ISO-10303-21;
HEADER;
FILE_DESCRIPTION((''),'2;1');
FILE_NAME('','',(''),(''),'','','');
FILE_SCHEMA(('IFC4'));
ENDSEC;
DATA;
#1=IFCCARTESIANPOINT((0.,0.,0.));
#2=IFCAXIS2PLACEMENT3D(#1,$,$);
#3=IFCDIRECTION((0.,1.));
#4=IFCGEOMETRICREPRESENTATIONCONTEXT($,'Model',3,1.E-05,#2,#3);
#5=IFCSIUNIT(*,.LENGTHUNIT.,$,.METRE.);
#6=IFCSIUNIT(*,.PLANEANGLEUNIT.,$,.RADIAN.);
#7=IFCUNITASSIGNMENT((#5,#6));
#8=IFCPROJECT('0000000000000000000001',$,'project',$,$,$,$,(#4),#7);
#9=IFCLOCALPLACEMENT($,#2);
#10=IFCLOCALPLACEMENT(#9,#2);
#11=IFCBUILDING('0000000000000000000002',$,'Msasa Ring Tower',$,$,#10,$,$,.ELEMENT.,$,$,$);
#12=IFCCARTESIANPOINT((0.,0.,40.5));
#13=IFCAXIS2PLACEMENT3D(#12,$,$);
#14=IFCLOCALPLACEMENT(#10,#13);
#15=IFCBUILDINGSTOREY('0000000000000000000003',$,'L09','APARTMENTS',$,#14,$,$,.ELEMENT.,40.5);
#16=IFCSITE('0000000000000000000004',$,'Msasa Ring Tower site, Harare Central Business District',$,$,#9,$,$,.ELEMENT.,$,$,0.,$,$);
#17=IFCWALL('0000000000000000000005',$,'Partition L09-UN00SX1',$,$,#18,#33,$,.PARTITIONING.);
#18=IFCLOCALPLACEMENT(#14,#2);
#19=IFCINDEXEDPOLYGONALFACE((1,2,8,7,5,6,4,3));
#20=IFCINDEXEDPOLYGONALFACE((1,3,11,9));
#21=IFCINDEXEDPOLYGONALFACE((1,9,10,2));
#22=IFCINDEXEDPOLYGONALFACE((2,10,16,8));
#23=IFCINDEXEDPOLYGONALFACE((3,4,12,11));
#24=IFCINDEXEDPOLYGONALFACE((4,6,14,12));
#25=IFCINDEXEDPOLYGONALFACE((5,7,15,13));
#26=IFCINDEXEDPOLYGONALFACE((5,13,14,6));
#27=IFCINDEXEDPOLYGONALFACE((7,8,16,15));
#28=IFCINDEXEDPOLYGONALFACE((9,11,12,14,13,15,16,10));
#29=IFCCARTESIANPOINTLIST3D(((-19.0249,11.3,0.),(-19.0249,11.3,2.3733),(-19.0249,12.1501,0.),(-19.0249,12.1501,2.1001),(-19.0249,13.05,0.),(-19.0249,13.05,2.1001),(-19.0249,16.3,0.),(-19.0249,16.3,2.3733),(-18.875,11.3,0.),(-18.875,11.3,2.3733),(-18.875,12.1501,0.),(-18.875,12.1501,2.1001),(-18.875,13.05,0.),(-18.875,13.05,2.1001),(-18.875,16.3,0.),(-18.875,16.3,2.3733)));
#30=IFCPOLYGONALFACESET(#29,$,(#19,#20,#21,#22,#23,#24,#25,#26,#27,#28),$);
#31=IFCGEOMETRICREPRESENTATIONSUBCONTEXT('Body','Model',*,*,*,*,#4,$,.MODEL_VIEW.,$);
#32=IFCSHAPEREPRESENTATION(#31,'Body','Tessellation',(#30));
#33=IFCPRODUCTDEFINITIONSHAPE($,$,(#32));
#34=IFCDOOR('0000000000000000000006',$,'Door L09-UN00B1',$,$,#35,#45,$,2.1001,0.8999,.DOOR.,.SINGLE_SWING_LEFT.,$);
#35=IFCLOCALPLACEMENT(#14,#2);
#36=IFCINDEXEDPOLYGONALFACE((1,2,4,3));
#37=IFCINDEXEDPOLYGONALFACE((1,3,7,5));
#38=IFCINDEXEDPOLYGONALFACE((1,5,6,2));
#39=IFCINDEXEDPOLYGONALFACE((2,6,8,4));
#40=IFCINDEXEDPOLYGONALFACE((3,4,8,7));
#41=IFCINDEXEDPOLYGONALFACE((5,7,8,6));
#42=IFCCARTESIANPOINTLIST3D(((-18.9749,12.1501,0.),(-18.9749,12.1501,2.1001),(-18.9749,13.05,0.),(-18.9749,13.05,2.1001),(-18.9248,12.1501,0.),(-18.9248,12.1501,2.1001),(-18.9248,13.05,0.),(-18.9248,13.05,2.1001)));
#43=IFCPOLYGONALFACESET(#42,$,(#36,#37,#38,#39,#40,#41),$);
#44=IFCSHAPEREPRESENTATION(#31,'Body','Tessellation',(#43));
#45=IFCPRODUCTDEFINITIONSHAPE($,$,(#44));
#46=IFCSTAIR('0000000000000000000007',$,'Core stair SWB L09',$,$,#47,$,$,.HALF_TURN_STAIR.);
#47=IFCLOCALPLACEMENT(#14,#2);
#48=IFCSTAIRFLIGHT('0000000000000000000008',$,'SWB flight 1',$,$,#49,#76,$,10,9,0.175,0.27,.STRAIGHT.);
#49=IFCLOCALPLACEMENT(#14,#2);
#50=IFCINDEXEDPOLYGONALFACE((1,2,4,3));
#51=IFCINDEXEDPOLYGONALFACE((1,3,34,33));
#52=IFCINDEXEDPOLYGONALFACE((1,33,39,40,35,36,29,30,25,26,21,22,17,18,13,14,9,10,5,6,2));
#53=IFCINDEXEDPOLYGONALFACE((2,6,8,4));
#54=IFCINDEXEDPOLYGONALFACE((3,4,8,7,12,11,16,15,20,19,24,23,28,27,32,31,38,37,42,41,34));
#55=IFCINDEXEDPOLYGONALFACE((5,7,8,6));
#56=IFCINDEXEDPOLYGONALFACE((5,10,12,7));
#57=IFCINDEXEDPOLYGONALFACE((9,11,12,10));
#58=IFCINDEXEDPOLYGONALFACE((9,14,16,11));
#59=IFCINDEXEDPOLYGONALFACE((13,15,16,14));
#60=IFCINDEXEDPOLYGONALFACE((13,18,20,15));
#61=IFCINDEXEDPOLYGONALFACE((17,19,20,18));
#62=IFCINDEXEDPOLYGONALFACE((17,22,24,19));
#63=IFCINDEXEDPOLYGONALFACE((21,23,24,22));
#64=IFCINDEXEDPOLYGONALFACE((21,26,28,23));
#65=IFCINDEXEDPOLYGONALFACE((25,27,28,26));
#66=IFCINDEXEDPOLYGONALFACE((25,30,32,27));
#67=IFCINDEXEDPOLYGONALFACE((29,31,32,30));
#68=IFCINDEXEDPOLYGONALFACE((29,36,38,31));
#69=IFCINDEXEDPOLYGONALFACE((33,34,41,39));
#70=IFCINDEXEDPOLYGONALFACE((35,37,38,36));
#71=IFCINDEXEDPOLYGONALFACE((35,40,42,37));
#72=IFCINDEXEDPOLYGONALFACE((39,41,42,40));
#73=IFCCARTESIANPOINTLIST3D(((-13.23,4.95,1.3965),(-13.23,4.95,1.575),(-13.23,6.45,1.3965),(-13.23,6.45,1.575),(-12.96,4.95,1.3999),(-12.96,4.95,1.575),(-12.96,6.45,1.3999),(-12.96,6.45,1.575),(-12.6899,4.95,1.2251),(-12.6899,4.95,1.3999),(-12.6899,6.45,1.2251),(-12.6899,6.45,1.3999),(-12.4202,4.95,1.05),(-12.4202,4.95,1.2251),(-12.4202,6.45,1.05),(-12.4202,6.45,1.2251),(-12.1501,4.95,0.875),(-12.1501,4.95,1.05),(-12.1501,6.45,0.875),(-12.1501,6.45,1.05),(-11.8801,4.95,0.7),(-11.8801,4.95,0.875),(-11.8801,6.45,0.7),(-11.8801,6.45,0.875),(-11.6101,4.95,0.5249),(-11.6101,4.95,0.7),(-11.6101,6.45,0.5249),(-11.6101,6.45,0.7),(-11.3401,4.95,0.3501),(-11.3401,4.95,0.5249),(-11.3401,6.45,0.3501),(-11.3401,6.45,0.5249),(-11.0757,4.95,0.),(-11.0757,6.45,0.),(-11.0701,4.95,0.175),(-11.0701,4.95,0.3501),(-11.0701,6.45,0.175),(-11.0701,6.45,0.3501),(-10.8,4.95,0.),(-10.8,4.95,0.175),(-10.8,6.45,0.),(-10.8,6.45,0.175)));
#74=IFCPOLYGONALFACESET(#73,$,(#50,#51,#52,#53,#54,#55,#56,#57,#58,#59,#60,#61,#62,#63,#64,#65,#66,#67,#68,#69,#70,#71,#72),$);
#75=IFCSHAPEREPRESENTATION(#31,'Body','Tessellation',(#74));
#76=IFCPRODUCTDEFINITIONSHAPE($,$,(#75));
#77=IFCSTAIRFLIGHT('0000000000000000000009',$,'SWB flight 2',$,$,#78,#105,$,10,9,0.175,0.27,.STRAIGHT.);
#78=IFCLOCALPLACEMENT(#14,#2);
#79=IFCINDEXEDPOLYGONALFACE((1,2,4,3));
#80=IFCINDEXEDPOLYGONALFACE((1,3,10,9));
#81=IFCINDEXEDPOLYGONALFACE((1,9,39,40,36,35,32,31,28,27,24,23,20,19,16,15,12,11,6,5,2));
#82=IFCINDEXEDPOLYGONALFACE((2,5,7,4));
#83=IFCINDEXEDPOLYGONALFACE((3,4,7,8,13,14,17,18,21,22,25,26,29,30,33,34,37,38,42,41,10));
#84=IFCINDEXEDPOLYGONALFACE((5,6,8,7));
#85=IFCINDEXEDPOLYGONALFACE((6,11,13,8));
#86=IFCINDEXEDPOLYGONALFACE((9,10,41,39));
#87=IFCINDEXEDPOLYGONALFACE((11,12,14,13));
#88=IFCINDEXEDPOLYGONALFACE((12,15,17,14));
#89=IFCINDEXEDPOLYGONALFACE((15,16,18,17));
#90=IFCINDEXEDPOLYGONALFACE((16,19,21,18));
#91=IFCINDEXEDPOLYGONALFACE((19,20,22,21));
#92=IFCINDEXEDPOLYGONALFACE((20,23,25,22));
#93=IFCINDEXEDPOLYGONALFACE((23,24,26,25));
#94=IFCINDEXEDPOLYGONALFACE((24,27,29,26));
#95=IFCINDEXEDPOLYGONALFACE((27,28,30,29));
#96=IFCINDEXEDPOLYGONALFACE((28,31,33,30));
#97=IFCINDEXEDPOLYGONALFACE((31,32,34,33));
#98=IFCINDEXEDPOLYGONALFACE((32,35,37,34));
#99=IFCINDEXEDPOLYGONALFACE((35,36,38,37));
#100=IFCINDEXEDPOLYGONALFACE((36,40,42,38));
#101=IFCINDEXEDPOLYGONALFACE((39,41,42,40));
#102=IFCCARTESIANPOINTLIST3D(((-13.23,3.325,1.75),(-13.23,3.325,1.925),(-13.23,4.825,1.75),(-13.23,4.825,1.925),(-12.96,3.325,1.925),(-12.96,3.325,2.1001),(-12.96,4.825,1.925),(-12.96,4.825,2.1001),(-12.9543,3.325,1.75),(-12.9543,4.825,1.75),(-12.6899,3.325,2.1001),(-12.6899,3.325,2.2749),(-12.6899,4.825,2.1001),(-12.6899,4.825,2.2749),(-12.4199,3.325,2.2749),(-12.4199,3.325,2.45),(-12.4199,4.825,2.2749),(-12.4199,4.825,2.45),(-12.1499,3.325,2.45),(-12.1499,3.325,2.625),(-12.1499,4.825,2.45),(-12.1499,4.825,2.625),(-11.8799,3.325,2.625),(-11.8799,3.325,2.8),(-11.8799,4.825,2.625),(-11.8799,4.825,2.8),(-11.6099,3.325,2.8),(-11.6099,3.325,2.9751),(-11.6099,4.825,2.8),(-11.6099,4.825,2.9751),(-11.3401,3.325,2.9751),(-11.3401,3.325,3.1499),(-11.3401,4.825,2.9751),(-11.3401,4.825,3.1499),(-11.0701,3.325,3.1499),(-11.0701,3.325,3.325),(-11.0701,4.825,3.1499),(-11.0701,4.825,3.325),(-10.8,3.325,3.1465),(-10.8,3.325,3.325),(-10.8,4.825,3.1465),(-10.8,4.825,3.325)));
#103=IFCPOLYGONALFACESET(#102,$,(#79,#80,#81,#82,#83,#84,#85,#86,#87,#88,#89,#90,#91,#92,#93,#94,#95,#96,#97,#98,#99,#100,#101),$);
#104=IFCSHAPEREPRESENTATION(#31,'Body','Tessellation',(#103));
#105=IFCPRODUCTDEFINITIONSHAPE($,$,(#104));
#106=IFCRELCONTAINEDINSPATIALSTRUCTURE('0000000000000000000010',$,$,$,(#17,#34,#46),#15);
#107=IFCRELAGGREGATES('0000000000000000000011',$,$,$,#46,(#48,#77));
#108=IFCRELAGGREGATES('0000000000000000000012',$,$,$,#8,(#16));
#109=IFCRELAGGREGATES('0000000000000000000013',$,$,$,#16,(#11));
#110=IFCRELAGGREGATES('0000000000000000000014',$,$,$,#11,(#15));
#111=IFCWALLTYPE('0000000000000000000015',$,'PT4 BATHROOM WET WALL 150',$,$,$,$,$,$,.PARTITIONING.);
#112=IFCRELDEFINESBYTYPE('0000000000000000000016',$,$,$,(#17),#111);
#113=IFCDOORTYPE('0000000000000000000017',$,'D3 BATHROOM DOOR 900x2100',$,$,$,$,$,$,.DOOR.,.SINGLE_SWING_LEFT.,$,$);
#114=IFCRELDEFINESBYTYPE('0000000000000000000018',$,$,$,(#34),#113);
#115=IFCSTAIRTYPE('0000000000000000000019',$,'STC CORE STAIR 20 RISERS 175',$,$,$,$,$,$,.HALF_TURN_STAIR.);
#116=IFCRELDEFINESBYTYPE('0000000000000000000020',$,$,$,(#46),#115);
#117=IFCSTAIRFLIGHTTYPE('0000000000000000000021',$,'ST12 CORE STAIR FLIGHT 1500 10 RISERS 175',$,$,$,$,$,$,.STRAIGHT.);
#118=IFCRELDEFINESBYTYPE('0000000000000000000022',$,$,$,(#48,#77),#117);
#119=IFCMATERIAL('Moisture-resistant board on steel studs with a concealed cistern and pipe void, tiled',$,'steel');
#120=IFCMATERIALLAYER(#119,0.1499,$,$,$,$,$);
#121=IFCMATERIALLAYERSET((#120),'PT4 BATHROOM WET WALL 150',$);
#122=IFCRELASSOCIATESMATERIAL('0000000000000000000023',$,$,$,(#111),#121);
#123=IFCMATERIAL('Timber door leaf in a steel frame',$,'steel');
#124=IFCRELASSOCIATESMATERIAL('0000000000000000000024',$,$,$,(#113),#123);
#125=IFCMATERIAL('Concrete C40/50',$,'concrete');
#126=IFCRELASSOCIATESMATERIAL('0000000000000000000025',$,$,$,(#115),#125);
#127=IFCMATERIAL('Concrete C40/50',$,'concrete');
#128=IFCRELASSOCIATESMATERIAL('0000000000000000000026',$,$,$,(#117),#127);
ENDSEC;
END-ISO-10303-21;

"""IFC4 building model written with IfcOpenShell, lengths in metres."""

from ifc_helpers import new_model, si_unit, direction, frame, frame_2d, origin, place, context, subcontext, project, spatial, polyline, rectangle, outline, extrude, material, layer, layer_set, type_object, element, fill, aggregate, save


model = new_model("IFC4")

# Units and contexts
model_context = context("Model", 3, precision=1e-05, world=origin(), true_north=direction((0.0, 1.0)))
body_context = subcontext(model_context, "Body", "Model", "MODEL_VIEW")
ifc_project = project(units=[si_unit("LENGTHUNIT", "METRE"), si_unit("PLANEANGLEUNIT", "RADIAN")], contexts=[model_context])

# Site, building, storey
site_placement = place(None, origin())
site = spatial("IfcSite", under=ifc_project, at=site_placement, Name="Msasa Ring Tower site, Harare Central Business District", CompositionType="ELEMENT", RefElevation=0.0)
building_placement = place(site_placement, origin())
building = spatial("IfcBuilding", under=site, at=building_placement, Name="Msasa Ring Tower", CompositionType="ELEMENT")
storey_placement = place(building_placement, frame((0.0, 0.0, 40.5)))
storey = spatial("IfcBuildingStorey", under=building, at=storey_placement, Name="L09", Description="APARTMENTS", CompositionType="ELEMENT", Elevation=40.5)

# Wall, opening, door
ifc_material_1 = material(Name="Moisture-resistant board on steel studs with a concealed cistern and pipe void, tiled", Category="steel")
ifc_layer_1 = layer(ifc_material_1, 0.1499)
ifc_layer_set_1 = layer_set([ifc_layer_1], Name="PT4 BATHROOM WET WALL 150")
wall_type_1 = type_object("IfcWallType", Name="PT4 BATHROOM WET WALL 150", PredefinedType="PARTITIONING", material=ifc_layer_set_1)
wall_1_placement = place(storey_placement, frame((-18.95, 11.3, 0.0), z_axis=(0.0, 0.0, 1.0), x_axis=(0.0, 1.0, 0.0)))
wall_1 = element("IfcWall", 1, at=wall_1_placement, inside=storey, type_object=wall_type_1, Name="Partition L09-UN00SX1", PredefinedType="PARTITIONING", context=body_context, shape_type="SweptSolid", body=[
    extrude(rectangle(XDim=5.0, YDim=0.1499, at=frame_2d((2.5, 0.0))), origin(), (0.0, 0.0, 1.0), 2.3733),
])
opening_1_placement = place(wall_1_placement, frame((0.8501, 0.0, 0.0)))
opening_1 = element("IfcOpeningElement", 2, at=opening_1_placement, cuts=wall_1, PredefinedType="OPENING", context=body_context, shape_type="SweptSolid", body=[
    extrude(rectangle(XDim=0.8999, YDim=2.1001, at=frame_2d((0.45, 1.05))), frame((0.0, 0.085, 0.0), z_axis=(0.0, -1.0, 0.0), x_axis=(1.0, 0.0, 0.0)), (0.0, 0.0, 1.0), 0.1699),
])
ifc_material_2 = material(Name="Timber door leaf in a steel frame", Category="steel")
door_type_1 = type_object("IfcDoorType", Name="D3 BATHROOM DOOR 900x2100", OperationType="SINGLE_SWING_LEFT", PredefinedType="DOOR", material=ifc_material_2)
door_1_placement = place(opening_1_placement, origin())
door_1 = element("IfcDoor", 3, at=door_1_placement, inside=storey, type_object=door_type_1, Name="Door L09-UN00B1", OperationType="SINGLE_SWING_LEFT", OverallHeight=2.1001, OverallWidth=0.8999, PredefinedType="DOOR", context=body_context, shape_type="SweptSolid", body=[
    extrude(rectangle(XDim=0.8999, YDim=2.1001, at=frame_2d((0.45, 1.05))), frame((0.0, 0.0249, 0.0), z_axis=(0.0, -1.0, 0.0), x_axis=(1.0, 0.0, 0.0)), (0.0, 0.0, 1.0), 0.05),
])
fill(opening_1, door_1)

# Stair, stair flights
ifc_material_3 = material(Name="Concrete C40/50", Category="concrete")
stair_type = type_object("IfcStairType", Name="STC CORE STAIR 20 RISERS 175", PredefinedType="HALF_TURN_STAIR", material=ifc_material_3)
stair_placement = place(storey_placement, origin())
stair = element("IfcStair", 4, at=stair_placement, inside=storey, type_object=stair_type, Name="Core stair SWB L09", PredefinedType="HALF_TURN_STAIR")
ifc_material_4 = material(Name="Concrete C40/50", Category="concrete")
stair_flight_type = type_object("IfcStairFlightType", Name="ST12 CORE STAIR FLIGHT 1500 10 RISERS 175", PredefinedType="STRAIGHT", material=ifc_material_4)
stair_flight_1_placement = place(storey_placement, frame((-10.8, 5.7, 0.0), z_axis=(0.0, 0.0, 1.0), x_axis=(-1.0, 0.0, 0.0)))
stair_flight_1 = element("IfcStairFlight", 5, at=stair_flight_1_placement, type_object=stair_flight_type, Name="SWB flight 1", NumberOfRisers=10, NumberOfTreads=9, PredefinedType="STRAIGHT", RiserHeight=0.175, TreadLength=0.27, context=body_context, shape_type="SweptSolid", body=[
    extrude(outline(polyline([(0.0, 0.0), (0.0, 0.175), (0.27, 0.175), (0.27, 0.3501), (0.54, 0.3501), (0.54, 0.5249), (0.8101, 0.5249), (0.8101, 0.7), (1.0801, 0.7), (1.0801, 0.875), (1.3501, 0.875), (1.3501, 1.05), (1.6201, 1.05), (1.6201, 1.2251), (1.8899, 1.2251), (1.8899, 1.3999), (2.1599, 1.3999), (2.1599, 1.575), (2.4299, 1.575), (2.4299, 1.75), (2.4299, 1.3965), (0.2756, 0.0), (0.0, 0.0)])), frame((0.0, 0.75, 0.0), z_axis=(0.0, -1.0, 0.0), x_axis=(1.0, 0.0, 0.0)), (0.0, 0.0, 1.0), 1.5),
])
stair_flight_2_placement = place(storey_placement, frame((-13.23, 4.075, 1.75), z_axis=(0.0, 0.0, 1.0), x_axis=(1.0, 0.0, 0.0)))
stair_flight_2 = element("IfcStairFlight", 6, at=stair_flight_2_placement, type_object=stair_flight_type, Name="SWB flight 2", NumberOfRisers=10, NumberOfTreads=9, PredefinedType="STRAIGHT", RiserHeight=0.175, TreadLength=0.27, context=body_context, shape_type="SweptSolid", body=[
    extrude(outline(polyline([(0.0, 0.0), (0.0, 0.175), (0.27, 0.175), (0.27, 0.3501), (0.54, 0.3501), (0.54, 0.5249), (0.8101, 0.5249), (0.8101, 0.7), (1.0801, 0.7), (1.0801, 0.875), (1.3501, 0.875), (1.3501, 1.05), (1.6201, 1.05), (1.6201, 1.2251), (1.8899, 1.2251), (1.8899, 1.3999), (2.1599, 1.3999), (2.1599, 1.575), (2.4299, 1.575), (2.4299, 1.75), (2.4299, 1.3965), (0.2756, 0.0), (0.0, 0.0)])), frame((0.0, 0.75, 0.0), z_axis=(0.0, -1.0, 0.0), x_axis=(1.0, 0.0, 0.0)), (0.0, 0.0, 1.0), 1.5),
])
aggregate(stair, [stair_flight_1, stair_flight_2])

save(model, "model.ifc")
